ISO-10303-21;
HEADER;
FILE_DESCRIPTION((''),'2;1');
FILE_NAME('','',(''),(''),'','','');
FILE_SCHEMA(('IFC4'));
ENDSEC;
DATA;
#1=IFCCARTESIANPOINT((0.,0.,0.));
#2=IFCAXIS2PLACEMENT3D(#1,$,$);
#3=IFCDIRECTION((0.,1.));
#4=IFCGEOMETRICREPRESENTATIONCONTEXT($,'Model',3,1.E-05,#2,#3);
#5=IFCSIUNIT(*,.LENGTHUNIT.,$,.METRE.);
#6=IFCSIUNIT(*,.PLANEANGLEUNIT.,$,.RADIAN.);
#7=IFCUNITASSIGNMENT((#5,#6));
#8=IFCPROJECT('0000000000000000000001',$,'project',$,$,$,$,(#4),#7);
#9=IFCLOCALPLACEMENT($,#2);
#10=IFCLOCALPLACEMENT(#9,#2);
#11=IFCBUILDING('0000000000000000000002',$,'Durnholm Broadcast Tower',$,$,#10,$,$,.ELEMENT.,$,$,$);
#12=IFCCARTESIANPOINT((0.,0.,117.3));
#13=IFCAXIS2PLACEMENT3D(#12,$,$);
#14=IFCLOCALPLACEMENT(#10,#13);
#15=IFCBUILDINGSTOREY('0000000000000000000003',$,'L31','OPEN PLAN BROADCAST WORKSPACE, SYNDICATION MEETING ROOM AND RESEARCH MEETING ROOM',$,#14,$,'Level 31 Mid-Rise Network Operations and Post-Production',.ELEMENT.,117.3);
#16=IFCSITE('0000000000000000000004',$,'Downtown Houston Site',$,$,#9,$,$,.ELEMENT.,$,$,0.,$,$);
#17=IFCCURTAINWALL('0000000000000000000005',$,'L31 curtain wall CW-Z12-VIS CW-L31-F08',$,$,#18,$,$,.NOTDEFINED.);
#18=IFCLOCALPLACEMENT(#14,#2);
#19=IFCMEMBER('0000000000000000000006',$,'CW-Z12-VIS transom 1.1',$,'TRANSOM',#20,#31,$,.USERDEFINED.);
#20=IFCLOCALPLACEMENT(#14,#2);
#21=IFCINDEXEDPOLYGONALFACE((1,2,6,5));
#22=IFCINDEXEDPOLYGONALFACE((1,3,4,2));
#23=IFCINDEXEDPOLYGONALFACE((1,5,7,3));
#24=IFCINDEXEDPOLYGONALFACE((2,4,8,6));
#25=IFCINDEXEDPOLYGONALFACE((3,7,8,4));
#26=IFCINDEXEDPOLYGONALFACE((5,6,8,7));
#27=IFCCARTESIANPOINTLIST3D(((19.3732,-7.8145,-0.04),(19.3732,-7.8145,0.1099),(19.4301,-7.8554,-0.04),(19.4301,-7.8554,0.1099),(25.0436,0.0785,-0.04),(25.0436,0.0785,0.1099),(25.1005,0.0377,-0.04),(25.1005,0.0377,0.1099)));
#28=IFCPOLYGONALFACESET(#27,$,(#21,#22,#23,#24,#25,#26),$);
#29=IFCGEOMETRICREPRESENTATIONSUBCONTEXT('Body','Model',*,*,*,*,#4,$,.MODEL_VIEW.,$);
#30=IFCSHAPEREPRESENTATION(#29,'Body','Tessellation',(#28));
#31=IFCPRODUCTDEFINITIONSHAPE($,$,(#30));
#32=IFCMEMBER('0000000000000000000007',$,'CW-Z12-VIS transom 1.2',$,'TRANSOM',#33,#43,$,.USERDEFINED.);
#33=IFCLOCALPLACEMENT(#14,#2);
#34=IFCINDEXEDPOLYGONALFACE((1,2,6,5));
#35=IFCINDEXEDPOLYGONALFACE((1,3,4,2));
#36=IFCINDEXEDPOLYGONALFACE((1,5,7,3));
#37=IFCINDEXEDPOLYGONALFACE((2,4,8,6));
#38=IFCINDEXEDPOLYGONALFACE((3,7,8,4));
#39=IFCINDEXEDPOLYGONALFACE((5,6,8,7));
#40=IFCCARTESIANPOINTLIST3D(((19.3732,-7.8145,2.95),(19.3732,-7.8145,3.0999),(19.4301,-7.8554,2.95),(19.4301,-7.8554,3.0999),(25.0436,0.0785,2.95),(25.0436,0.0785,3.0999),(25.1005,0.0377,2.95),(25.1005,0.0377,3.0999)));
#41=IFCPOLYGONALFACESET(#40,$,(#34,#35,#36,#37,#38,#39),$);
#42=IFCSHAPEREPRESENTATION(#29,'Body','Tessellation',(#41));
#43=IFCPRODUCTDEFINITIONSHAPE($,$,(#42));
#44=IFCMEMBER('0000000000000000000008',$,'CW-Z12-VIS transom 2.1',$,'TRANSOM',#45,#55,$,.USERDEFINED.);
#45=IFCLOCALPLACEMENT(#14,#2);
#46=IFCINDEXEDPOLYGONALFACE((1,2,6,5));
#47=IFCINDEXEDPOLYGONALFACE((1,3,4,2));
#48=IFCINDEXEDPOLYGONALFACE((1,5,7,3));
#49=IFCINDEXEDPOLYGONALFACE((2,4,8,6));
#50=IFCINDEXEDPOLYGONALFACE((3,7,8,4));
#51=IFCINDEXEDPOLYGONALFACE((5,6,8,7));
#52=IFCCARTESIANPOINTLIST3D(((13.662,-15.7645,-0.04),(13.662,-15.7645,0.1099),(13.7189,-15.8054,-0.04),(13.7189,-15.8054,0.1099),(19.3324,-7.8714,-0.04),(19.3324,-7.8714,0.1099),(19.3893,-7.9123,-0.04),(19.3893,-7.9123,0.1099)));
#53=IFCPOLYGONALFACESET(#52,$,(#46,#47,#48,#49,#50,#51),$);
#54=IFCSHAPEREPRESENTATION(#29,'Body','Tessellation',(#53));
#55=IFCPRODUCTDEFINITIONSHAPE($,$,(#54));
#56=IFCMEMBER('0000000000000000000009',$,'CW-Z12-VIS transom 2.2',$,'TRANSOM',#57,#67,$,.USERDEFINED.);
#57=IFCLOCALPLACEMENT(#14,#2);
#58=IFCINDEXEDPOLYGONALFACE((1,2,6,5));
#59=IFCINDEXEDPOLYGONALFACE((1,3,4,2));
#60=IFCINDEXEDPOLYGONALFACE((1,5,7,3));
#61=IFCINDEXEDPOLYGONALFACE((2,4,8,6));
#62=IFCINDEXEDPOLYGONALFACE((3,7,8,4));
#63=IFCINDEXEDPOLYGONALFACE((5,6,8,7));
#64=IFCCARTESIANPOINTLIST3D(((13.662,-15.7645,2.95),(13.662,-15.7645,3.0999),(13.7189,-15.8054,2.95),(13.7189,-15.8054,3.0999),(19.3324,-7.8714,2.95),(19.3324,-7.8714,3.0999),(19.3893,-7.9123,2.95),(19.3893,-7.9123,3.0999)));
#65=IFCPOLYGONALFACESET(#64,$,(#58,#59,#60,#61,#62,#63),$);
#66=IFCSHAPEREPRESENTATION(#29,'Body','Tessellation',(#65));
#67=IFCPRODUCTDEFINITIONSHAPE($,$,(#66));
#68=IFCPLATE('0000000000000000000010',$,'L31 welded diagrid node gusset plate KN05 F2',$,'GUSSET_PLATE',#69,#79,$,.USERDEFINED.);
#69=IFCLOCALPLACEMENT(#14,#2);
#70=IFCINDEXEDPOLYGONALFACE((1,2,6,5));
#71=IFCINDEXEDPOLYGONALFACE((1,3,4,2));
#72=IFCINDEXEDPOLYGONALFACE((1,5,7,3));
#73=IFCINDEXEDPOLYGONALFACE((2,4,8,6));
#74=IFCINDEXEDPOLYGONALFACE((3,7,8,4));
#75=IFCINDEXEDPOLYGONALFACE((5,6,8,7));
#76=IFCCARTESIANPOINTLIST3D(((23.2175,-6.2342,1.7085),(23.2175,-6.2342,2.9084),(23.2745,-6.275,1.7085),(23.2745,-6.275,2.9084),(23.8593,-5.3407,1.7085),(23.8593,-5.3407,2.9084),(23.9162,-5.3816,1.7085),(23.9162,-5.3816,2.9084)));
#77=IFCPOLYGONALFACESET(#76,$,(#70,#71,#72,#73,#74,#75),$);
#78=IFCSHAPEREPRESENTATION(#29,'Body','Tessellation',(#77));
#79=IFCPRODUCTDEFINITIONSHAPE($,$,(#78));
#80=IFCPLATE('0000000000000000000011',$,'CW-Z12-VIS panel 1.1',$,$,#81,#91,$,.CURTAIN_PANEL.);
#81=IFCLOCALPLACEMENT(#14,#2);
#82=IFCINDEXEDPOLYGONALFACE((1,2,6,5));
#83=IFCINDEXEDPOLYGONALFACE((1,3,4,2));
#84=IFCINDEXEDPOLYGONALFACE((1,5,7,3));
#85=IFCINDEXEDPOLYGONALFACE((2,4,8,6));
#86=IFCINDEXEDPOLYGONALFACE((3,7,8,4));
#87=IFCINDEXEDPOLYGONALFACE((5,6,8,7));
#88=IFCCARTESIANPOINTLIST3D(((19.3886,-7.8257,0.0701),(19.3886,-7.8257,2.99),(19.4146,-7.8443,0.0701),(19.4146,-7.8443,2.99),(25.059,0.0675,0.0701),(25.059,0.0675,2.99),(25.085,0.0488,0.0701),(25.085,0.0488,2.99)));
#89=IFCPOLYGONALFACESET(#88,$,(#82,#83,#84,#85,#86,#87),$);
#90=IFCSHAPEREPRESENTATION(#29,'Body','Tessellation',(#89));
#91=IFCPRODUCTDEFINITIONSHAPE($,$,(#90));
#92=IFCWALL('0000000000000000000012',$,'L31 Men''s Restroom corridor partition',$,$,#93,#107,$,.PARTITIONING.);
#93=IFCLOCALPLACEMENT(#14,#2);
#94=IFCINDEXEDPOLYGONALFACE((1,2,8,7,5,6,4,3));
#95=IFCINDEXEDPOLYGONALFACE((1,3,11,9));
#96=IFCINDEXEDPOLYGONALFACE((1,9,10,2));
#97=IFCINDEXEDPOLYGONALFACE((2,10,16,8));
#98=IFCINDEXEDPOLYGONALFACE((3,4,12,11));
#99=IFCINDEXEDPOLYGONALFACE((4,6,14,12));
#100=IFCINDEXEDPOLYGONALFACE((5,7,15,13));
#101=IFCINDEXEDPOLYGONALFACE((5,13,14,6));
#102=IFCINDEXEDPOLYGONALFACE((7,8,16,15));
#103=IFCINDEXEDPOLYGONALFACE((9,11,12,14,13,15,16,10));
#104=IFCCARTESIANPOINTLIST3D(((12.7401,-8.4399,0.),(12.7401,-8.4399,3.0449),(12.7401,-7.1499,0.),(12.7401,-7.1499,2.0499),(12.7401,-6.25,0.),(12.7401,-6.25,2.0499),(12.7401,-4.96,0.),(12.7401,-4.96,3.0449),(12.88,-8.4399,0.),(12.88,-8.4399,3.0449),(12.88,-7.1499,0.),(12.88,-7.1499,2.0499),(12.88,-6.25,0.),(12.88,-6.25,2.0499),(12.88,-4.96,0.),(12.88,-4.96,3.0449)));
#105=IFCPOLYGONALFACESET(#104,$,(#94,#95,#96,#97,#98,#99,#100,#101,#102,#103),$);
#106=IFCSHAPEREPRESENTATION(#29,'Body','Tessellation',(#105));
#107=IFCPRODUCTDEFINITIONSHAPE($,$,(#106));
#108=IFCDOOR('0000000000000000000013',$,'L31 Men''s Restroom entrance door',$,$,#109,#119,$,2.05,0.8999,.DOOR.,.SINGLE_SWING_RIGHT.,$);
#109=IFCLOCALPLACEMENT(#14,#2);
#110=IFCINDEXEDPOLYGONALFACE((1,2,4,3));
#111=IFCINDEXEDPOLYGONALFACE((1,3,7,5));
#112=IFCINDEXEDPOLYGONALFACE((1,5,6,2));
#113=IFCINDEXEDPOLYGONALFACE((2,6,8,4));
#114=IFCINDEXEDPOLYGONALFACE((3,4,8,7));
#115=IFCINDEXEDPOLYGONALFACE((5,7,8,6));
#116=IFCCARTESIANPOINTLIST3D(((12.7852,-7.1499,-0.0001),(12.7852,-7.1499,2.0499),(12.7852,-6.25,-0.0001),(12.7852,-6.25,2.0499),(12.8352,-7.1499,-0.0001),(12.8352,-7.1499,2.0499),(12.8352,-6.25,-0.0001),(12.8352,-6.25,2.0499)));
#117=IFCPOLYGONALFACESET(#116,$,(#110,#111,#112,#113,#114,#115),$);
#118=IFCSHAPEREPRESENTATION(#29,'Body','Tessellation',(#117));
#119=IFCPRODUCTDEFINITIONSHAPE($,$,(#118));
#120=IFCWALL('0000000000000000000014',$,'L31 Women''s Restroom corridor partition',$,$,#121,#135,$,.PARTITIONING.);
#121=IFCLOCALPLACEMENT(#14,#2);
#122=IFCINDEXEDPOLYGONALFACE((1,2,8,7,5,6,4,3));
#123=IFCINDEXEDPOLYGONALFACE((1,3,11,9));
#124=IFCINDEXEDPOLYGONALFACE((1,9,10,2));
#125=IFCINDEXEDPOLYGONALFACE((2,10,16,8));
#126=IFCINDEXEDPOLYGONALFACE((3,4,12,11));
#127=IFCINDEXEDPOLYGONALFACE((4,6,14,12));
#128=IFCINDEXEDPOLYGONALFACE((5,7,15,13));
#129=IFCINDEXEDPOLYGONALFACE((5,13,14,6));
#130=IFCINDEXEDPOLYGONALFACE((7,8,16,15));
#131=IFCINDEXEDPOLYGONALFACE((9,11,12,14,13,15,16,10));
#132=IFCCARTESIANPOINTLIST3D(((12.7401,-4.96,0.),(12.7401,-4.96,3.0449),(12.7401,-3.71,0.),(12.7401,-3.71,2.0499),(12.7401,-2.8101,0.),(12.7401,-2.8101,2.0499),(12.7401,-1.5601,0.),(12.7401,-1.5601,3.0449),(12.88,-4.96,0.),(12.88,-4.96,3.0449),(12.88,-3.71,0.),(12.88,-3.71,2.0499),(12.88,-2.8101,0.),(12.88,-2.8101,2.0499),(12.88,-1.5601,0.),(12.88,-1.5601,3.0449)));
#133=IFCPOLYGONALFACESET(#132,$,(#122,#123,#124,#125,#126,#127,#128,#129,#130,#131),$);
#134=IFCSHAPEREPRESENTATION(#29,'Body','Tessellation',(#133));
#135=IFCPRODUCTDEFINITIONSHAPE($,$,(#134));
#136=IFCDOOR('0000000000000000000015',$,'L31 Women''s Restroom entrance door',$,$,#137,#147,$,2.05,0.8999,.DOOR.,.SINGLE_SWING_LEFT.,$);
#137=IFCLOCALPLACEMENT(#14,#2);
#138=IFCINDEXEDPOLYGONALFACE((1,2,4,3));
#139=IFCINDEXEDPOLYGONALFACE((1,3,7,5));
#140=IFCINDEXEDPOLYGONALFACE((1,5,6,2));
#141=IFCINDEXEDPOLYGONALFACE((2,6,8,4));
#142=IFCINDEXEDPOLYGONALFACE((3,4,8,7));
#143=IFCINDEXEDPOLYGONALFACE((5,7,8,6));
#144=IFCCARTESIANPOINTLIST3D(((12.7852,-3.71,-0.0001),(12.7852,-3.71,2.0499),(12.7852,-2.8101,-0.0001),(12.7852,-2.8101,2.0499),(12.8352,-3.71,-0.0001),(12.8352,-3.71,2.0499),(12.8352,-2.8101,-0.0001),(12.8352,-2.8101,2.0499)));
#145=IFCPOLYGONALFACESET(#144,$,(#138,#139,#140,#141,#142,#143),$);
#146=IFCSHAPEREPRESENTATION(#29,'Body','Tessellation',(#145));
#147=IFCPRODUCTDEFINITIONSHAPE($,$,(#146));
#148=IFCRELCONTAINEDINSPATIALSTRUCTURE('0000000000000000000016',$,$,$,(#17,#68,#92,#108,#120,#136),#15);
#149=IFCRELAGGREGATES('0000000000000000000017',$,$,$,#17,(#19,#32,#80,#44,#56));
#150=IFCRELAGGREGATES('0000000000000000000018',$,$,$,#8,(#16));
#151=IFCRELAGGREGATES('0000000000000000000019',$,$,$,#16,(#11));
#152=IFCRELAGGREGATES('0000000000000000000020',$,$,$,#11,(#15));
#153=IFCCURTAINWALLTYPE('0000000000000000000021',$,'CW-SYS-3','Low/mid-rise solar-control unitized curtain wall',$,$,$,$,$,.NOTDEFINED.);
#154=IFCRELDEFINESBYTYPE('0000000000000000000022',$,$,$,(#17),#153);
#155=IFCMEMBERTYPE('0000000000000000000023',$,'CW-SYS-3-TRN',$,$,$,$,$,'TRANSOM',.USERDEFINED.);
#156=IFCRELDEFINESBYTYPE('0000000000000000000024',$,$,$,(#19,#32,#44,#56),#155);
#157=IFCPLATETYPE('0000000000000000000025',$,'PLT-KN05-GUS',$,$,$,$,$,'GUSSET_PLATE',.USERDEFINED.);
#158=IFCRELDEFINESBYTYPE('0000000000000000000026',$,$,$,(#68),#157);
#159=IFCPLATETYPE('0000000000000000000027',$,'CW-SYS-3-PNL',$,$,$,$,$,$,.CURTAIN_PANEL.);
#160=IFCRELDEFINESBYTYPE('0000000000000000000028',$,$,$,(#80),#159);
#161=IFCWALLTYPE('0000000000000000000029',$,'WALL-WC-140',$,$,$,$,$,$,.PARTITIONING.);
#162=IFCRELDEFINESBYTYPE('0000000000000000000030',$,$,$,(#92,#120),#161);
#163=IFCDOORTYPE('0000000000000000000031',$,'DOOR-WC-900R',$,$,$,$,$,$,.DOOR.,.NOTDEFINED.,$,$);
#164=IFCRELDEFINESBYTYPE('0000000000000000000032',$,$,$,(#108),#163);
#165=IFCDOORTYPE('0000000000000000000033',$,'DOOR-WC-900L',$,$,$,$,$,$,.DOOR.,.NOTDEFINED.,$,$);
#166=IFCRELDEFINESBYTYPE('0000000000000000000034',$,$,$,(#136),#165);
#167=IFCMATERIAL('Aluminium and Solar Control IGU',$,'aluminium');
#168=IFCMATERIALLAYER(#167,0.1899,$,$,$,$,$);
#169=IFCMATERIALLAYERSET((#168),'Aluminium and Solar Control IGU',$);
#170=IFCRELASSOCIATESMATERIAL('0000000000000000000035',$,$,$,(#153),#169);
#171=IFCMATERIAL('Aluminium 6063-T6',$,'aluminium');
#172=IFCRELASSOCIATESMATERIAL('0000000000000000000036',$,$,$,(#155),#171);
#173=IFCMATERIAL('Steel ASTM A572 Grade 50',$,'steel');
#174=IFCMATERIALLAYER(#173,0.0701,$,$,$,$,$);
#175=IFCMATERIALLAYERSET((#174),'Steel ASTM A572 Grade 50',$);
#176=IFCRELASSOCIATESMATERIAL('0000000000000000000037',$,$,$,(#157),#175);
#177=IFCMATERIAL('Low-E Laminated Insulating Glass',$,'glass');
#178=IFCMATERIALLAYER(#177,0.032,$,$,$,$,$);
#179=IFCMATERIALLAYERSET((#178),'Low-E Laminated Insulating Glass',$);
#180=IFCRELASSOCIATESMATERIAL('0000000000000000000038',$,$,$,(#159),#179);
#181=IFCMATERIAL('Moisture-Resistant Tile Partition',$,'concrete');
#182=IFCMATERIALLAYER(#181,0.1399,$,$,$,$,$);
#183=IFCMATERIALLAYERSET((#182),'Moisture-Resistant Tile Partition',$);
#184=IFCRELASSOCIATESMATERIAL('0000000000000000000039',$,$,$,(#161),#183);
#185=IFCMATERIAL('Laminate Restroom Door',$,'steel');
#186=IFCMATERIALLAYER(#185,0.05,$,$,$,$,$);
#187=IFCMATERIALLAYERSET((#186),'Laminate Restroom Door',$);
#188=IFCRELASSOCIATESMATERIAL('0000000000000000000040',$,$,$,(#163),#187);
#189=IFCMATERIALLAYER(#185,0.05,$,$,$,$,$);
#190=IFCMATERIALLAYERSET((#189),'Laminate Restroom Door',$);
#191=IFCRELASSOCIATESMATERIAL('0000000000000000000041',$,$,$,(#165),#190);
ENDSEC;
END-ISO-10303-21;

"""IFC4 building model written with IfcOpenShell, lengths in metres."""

from ifc_helpers import new_model, si_unit, direction, frame, frame_2d, origin, origin_2d, place, context, subcontext, project, spatial, rectangle, extrude, source, transform, mapped, material, layer, layer_set, material_profile, profile_set, type_object, type_shapes, element, fill, aggregate, save


model = new_model("IFC4")

# Units and contexts
model_context = context("Model", 3, precision=1e-05, world=origin(), true_north=direction((0.0, 1.0)))
body_context = subcontext(model_context, "Body", "Model", "MODEL_VIEW")
ifc_project = project(units=[si_unit("LENGTHUNIT", "METRE"), si_unit("PLANEANGLEUNIT", "RADIAN")], contexts=[model_context])

# Site, building, storey
site_placement = place(None, origin())
site = spatial("IfcSite", under=ifc_project, at=site_placement, Name="Downtown Houston Site", CompositionType="ELEMENT", RefElevation=0.0)
building_placement = place(site_placement, origin())
building = spatial("IfcBuilding", under=site, at=building_placement, Name="Durnholm Broadcast Tower", CompositionType="ELEMENT")
storey_placement = place(building_placement, frame((0.0, 0.0, 117.3)))
storey = spatial("IfcBuildingStorey", under=building, at=storey_placement, Name="L31", Description="OPEN PLAN BROADCAST WORKSPACE, SYNDICATION MEETING ROOM AND RESEARCH MEETING ROOM", LongName="Level 31 Mid-Rise Network Operations and Post-Production", CompositionType="ELEMENT", Elevation=117.3)

# Shared definitions
ifc_material_1 = material(Name="Aluminium and Solar Control IGU", Category="aluminium")
ifc_material_2 = material(Name="Aluminium 6063-T6", Category="aluminium")

# Curtain wall, members
ifc_layer_1 = layer(ifc_material_1, 0.1899)
ifc_layer_set_1 = layer_set([ifc_layer_1], Name="Aluminium and Solar Control IGU")
curtain_wall_type_1 = type_object("IfcCurtainWallType", Name="CW-SYS-3", Description="Low/mid-rise solar-control unitized curtain wall", PredefinedType="NOTDEFINED", material=ifc_layer_set_1)
curtain_wall_1_placement = place(storey_placement, origin())
curtain_wall_1 = element("IfcCurtainWall", 1, at=curtain_wall_1_placement, inside=storey, type_object=curtain_wall_type_1, Name="L31 curtain wall CW-Z12-VIS CW-L31-F08", PredefinedType="NOTDEFINED")
ifc_material_profile_1 = material_profile(ifc_material_2, rectangle(XDim=0.0701, YDim=0.1499, at=origin_2d()), Name="CWT70X150")
ifc_profile_set_1 = profile_set([ifc_material_profile_1], Name="Aluminium 6063-T6")
member_type_1 = type_object("IfcMemberType", Name="CW-SYS-3-TRN", ElementType="TRANSOM", PredefinedType="USERDEFINED", material=ifc_profile_set_1)
shared_shape_1 = source(origin(), body_context, "Body", "SweptSolid", [
    extrude(rectangle(XDim=0.0701, YDim=0.1499, at=origin_2d()), origin(), (0.0, 0.0, 1.0), 9.7188),
])
type_shapes(member_type_1, [shared_shape_1])
member_1_placement = place(storey_placement, frame((25.072, 0.0581, 0.0349), z_axis=(-0.583451, -0.812149, 0.0), x_axis=(0.812149, -0.583451, 0.0)))
member_1 = element("IfcMember", 2, at=member_1_placement, type_object=member_type_1, Name="CW-Z12-VIS transom 1.1", ObjectType="TRANSOM", PredefinedType="USERDEFINED", context=body_context, shape_type="MappedRepresentation", body=[
    mapped(shared_shape_1, transform((0.0, 0.0, 0.0), x_axis=(1.0, 0.0, 0.0), y_axis=(0.0, 1.0, 0.0), z_axis=(0.0, 0.0, 1.0), scale=1.0)),
])
member_2_placement = place(storey_placement, frame((25.072, 0.0581, 3.0249), z_axis=(-0.583451, -0.812149, 0.0), x_axis=(0.812149, -0.583451, 0.0)))
member_2 = element("IfcMember", 3, at=member_2_placement, type_object=member_type_1, Name="CW-Z12-VIS transom 1.2", ObjectType="TRANSOM", PredefinedType="USERDEFINED", context=body_context, shape_type="MappedRepresentation", body=[
    mapped(shared_shape_1, transform((0.0, 0.0, 0.0), x_axis=(1.0, 0.0, 0.0), y_axis=(0.0, 1.0, 0.0), z_axis=(0.0, 0.0, 1.0), scale=1.0)),
])
member_3_placement = place(storey_placement, frame((19.3608, -7.8918, 0.0349), z_axis=(-0.583451, -0.812149, 0.0), x_axis=(0.812149, -0.583451, 0.0)))
member_3 = element("IfcMember", 4, at=member_3_placement, type_object=member_type_1, Name="CW-Z12-VIS transom 2.1", ObjectType="TRANSOM", PredefinedType="USERDEFINED", context=body_context, shape_type="MappedRepresentation", body=[
    mapped(shared_shape_1, transform((0.0, 0.0, 0.0), x_axis=(1.0, 0.0, 0.0), y_axis=(0.0, 1.0, 0.0), z_axis=(0.0, 0.0, 1.0), scale=1.0)),
])
member_4_placement = place(storey_placement, frame((19.3608, -7.8918, 3.0249), z_axis=(-0.583451, -0.812149, 0.0), x_axis=(0.812149, -0.583451, 0.0)))
member_4 = element("IfcMember", 5, at=member_4_placement, type_object=member_type_1, Name="CW-Z12-VIS transom 2.2", ObjectType="TRANSOM", PredefinedType="USERDEFINED", context=body_context, shape_type="MappedRepresentation", body=[
    mapped(shared_shape_1, transform((0.0, 0.0, 0.0), x_axis=(1.0, 0.0, 0.0), y_axis=(0.0, 1.0, 0.0), z_axis=(0.0, 0.0, 1.0), scale=1.0)),
])

# Plates
ifc_material_3 = material(Name="Steel ASTM A572 Grade 50", Category="steel")
ifc_layer_2 = layer(ifc_material_3, 0.0701)
ifc_layer_set_2 = layer_set([ifc_layer_2], Name="Steel ASTM A572 Grade 50")
plate_type_1 = type_object("IfcPlateType", Name="PLT-KN05-GUS", ElementType="GUSSET_PLATE", PredefinedType="USERDEFINED", material=ifc_layer_set_2)
shared_shape_2 = source(origin(), body_context, "Body", "SweptSolid", [
    extrude(rectangle(XDim=1.1001, YDim=0.0701, at=origin_2d()), origin(), (0.0, 0.0, 1.0), 1.2),
])
type_shapes(plate_type_1, [shared_shape_2])
plate_1_placement = place(storey_placement, frame((23.5669, -5.8079, 1.7085), z_axis=(0.0, 0.0, 1.0), x_axis=(0.583399, 0.812185, 0.0)))
element("IfcPlate", 6, at=plate_1_placement, inside=storey, type_object=plate_type_1, Name="L31 welded diagrid node gusset plate KN05 F2", ObjectType="GUSSET_PLATE", PredefinedType="USERDEFINED", context=body_context, shape_type="MappedRepresentation", body=[
    mapped(shared_shape_2, transform((0.0, 0.0, 0.0), x_axis=(1.0, 0.0, 0.0), y_axis=(0.0, 1.0, 0.0), z_axis=(0.0, 0.0, 1.0), scale=1.0)),
])
ifc_material_4 = material(Name="Low-E Laminated Insulating Glass", Category="glass")
ifc_layer_3 = layer(ifc_material_4, 0.032)
ifc_layer_set_3 = layer_set([ifc_layer_3], Name="Low-E Laminated Insulating Glass")
plate_type_2 = type_object("IfcPlateType", Name="CW-SYS-3-PNL", PredefinedType="CURTAIN_PANEL", material=ifc_layer_set_3)
shared_shape_3 = source(origin(), body_context, "Body", "SweptSolid", [
    extrude(rectangle(XDim=9.7188, YDim=0.032, at=origin_2d()), origin(), (0.0, 0.0, 1.0), 2.9199),
])
type_shapes(plate_type_2, [shared_shape_3])
plate_2_placement = place(storey_placement, frame((22.2368, -3.8884, 0.0701), z_axis=(0.0, 0.0, 1.0), x_axis=(-0.583445, -0.812152, 0.0)))
plate_2 = element("IfcPlate", 7, at=plate_2_placement, type_object=plate_type_2, Name="CW-Z12-VIS panel 1.1", PredefinedType="CURTAIN_PANEL", context=body_context, shape_type="MappedRepresentation", body=[
    mapped(shared_shape_3, transform((0.0, 0.0, 0.0), x_axis=(1.0, 0.0, 0.0), y_axis=(0.0, 1.0, 0.0), z_axis=(0.0, 0.0, 1.0), scale=1.0)),
])
aggregate(curtain_wall_1, [member_1, member_2, plate_2, member_3, member_4])

# Walls, openings, doors
ifc_material_5 = material(Name="Moisture-Resistant Tile Partition", Category="concrete")
ifc_layer_4 = layer(ifc_material_5, 0.1399)
ifc_layer_set_4 = layer_set([ifc_layer_4], Name="Moisture-Resistant Tile Partition")
wall_type = type_object("IfcWallType", Name="WALL-WC-140", PredefinedType="PARTITIONING", material=ifc_layer_set_4)
wall_1_placement = place(storey_placement, frame((12.8101, -8.4399, 0.0), z_axis=(0.0, 0.0, 1.0), x_axis=(0.0, 1.0, 0.0)))
wall_1 = element("IfcWall", 8, at=wall_1_placement, inside=storey, type_object=wall_type, Name="L31 Men's Restroom corridor partition", PredefinedType="PARTITIONING", context=body_context, shape_type="SweptSolid", body=[
    extrude(rectangle(XDim=3.48, YDim=0.1399, at=frame_2d((1.74, 0.0))), origin(), (0.0, 0.0, 1.0), 3.0449),
])
opening_1_placement = place(wall_1_placement, frame((1.29, 0.0, 0.0)))
opening_1 = element("IfcOpeningElement", 9, at=opening_1_placement, cuts=wall_1, PredefinedType="OPENING", context=body_context, shape_type="SweptSolid", body=[
    extrude(rectangle(XDim=0.8999, YDim=2.05, at=frame_2d((0.45, 1.0249))), frame((0.0, 0.0801, 0.0), z_axis=(0.0, -1.0, 0.0), x_axis=(1.0, 0.0, 0.0)), (0.0, 0.0, 1.0), 0.1599),
])
ifc_material_6 = material(Name="Laminate Restroom Door", Category="steel")
ifc_layer_5 = layer(ifc_material_6, 0.05)
ifc_layer_set_5 = layer_set([ifc_layer_5], Name="Laminate Restroom Door")
door_type_1 = type_object("IfcDoorType", Name="DOOR-WC-900R", OperationType="NOTDEFINED", PredefinedType="DOOR", material=ifc_layer_set_5)
shared_shape_4 = source(origin(), body_context, "Body", "SweptSolid", [
    extrude(rectangle(XDim=0.8999, YDim=2.05, at=frame_2d((0.45, 1.0249))), frame((0.0, 0.0249, 0.0), z_axis=(0.0, -1.0, 0.0), x_axis=(1.0, 0.0, 0.0)), (0.0, 0.0, 1.0), 0.05),
])
type_shapes(door_type_1, [shared_shape_4])
door_1_placement = place(opening_1_placement, origin())
door_1 = element("IfcDoor", 10, at=door_1_placement, inside=storey, type_object=door_type_1, Name="L31 Men's Restroom entrance door", OperationType="SINGLE_SWING_RIGHT", OverallHeight=2.05, OverallWidth=0.8999, PredefinedType="DOOR", context=body_context, shape_type="MappedRepresentation", body=[
    mapped(shared_shape_4, transform((0.0, 0.0, 0.0), x_axis=(1.0, 0.0, 0.0), y_axis=(0.0, 1.0, 0.0), z_axis=(0.0, 0.0, 1.0), scale=1.0)),
])
fill(opening_1, door_1)
wall_2_placement = place(storey_placement, frame((12.8101, -4.96, 0.0), z_axis=(0.0, 0.0, 1.0), x_axis=(0.0, 1.0, 0.0)))
wall_2 = element("IfcWall", 11, at=wall_2_placement, inside=storey, type_object=wall_type, Name="L31 Women's Restroom corridor partition", PredefinedType="PARTITIONING", context=body_context, shape_type="SweptSolid", body=[
    extrude(rectangle(XDim=3.3999, YDim=0.1399, at=frame_2d((1.7, 0.0))), origin(), (0.0, 0.0, 1.0), 3.0449),
])
opening_2_placement = place(wall_2_placement, frame((1.25, 0.0, 0.0)))
opening_2 = element("IfcOpeningElement", 12, at=opening_2_placement, cuts=wall_2, PredefinedType="OPENING", context=body_context, shape_type="SweptSolid", body=[
    extrude(rectangle(XDim=0.8999, YDim=2.05, at=frame_2d((0.45, 1.0249))), frame((0.0, 0.0801, 0.0), z_axis=(0.0, -1.0, 0.0), x_axis=(1.0, 0.0, 0.0)), (0.0, 0.0, 1.0), 0.1599),
])
ifc_layer_6 = layer(ifc_material_6, 0.05)
ifc_layer_set_6 = layer_set([ifc_layer_6], Name="Laminate Restroom Door")
door_type_2 = type_object("IfcDoorType", Name="DOOR-WC-900L", OperationType="NOTDEFINED", PredefinedType="DOOR", material=ifc_layer_set_6)
shared_shape_5 = source(origin(), body_context, "Body", "SweptSolid", [
    extrude(rectangle(XDim=0.8999, YDim=2.05, at=frame_2d((0.45, 1.0249))), frame((0.0, 0.0249, 0.0), z_axis=(0.0, -1.0, 0.0), x_axis=(1.0, 0.0, 0.0)), (0.0, 0.0, 1.0), 0.05),
])
type_shapes(door_type_2, [shared_shape_5])
door_2_placement = place(opening_2_placement, origin())
door_2 = element("IfcDoor", 13, at=door_2_placement, inside=storey, type_object=door_type_2, Name="L31 Women's Restroom entrance door", OperationType="SINGLE_SWING_LEFT", OverallHeight=2.05, OverallWidth=0.8999, PredefinedType="DOOR", context=body_context, shape_type="MappedRepresentation", body=[
    mapped(shared_shape_5, transform((0.0, 0.0, 0.0), x_axis=(1.0, 0.0, 0.0), y_axis=(0.0, 1.0, 0.0), z_axis=(0.0, 0.0, 1.0), scale=1.0)),
])
fill(opening_2, door_2)

save(model, "model.ifc")
